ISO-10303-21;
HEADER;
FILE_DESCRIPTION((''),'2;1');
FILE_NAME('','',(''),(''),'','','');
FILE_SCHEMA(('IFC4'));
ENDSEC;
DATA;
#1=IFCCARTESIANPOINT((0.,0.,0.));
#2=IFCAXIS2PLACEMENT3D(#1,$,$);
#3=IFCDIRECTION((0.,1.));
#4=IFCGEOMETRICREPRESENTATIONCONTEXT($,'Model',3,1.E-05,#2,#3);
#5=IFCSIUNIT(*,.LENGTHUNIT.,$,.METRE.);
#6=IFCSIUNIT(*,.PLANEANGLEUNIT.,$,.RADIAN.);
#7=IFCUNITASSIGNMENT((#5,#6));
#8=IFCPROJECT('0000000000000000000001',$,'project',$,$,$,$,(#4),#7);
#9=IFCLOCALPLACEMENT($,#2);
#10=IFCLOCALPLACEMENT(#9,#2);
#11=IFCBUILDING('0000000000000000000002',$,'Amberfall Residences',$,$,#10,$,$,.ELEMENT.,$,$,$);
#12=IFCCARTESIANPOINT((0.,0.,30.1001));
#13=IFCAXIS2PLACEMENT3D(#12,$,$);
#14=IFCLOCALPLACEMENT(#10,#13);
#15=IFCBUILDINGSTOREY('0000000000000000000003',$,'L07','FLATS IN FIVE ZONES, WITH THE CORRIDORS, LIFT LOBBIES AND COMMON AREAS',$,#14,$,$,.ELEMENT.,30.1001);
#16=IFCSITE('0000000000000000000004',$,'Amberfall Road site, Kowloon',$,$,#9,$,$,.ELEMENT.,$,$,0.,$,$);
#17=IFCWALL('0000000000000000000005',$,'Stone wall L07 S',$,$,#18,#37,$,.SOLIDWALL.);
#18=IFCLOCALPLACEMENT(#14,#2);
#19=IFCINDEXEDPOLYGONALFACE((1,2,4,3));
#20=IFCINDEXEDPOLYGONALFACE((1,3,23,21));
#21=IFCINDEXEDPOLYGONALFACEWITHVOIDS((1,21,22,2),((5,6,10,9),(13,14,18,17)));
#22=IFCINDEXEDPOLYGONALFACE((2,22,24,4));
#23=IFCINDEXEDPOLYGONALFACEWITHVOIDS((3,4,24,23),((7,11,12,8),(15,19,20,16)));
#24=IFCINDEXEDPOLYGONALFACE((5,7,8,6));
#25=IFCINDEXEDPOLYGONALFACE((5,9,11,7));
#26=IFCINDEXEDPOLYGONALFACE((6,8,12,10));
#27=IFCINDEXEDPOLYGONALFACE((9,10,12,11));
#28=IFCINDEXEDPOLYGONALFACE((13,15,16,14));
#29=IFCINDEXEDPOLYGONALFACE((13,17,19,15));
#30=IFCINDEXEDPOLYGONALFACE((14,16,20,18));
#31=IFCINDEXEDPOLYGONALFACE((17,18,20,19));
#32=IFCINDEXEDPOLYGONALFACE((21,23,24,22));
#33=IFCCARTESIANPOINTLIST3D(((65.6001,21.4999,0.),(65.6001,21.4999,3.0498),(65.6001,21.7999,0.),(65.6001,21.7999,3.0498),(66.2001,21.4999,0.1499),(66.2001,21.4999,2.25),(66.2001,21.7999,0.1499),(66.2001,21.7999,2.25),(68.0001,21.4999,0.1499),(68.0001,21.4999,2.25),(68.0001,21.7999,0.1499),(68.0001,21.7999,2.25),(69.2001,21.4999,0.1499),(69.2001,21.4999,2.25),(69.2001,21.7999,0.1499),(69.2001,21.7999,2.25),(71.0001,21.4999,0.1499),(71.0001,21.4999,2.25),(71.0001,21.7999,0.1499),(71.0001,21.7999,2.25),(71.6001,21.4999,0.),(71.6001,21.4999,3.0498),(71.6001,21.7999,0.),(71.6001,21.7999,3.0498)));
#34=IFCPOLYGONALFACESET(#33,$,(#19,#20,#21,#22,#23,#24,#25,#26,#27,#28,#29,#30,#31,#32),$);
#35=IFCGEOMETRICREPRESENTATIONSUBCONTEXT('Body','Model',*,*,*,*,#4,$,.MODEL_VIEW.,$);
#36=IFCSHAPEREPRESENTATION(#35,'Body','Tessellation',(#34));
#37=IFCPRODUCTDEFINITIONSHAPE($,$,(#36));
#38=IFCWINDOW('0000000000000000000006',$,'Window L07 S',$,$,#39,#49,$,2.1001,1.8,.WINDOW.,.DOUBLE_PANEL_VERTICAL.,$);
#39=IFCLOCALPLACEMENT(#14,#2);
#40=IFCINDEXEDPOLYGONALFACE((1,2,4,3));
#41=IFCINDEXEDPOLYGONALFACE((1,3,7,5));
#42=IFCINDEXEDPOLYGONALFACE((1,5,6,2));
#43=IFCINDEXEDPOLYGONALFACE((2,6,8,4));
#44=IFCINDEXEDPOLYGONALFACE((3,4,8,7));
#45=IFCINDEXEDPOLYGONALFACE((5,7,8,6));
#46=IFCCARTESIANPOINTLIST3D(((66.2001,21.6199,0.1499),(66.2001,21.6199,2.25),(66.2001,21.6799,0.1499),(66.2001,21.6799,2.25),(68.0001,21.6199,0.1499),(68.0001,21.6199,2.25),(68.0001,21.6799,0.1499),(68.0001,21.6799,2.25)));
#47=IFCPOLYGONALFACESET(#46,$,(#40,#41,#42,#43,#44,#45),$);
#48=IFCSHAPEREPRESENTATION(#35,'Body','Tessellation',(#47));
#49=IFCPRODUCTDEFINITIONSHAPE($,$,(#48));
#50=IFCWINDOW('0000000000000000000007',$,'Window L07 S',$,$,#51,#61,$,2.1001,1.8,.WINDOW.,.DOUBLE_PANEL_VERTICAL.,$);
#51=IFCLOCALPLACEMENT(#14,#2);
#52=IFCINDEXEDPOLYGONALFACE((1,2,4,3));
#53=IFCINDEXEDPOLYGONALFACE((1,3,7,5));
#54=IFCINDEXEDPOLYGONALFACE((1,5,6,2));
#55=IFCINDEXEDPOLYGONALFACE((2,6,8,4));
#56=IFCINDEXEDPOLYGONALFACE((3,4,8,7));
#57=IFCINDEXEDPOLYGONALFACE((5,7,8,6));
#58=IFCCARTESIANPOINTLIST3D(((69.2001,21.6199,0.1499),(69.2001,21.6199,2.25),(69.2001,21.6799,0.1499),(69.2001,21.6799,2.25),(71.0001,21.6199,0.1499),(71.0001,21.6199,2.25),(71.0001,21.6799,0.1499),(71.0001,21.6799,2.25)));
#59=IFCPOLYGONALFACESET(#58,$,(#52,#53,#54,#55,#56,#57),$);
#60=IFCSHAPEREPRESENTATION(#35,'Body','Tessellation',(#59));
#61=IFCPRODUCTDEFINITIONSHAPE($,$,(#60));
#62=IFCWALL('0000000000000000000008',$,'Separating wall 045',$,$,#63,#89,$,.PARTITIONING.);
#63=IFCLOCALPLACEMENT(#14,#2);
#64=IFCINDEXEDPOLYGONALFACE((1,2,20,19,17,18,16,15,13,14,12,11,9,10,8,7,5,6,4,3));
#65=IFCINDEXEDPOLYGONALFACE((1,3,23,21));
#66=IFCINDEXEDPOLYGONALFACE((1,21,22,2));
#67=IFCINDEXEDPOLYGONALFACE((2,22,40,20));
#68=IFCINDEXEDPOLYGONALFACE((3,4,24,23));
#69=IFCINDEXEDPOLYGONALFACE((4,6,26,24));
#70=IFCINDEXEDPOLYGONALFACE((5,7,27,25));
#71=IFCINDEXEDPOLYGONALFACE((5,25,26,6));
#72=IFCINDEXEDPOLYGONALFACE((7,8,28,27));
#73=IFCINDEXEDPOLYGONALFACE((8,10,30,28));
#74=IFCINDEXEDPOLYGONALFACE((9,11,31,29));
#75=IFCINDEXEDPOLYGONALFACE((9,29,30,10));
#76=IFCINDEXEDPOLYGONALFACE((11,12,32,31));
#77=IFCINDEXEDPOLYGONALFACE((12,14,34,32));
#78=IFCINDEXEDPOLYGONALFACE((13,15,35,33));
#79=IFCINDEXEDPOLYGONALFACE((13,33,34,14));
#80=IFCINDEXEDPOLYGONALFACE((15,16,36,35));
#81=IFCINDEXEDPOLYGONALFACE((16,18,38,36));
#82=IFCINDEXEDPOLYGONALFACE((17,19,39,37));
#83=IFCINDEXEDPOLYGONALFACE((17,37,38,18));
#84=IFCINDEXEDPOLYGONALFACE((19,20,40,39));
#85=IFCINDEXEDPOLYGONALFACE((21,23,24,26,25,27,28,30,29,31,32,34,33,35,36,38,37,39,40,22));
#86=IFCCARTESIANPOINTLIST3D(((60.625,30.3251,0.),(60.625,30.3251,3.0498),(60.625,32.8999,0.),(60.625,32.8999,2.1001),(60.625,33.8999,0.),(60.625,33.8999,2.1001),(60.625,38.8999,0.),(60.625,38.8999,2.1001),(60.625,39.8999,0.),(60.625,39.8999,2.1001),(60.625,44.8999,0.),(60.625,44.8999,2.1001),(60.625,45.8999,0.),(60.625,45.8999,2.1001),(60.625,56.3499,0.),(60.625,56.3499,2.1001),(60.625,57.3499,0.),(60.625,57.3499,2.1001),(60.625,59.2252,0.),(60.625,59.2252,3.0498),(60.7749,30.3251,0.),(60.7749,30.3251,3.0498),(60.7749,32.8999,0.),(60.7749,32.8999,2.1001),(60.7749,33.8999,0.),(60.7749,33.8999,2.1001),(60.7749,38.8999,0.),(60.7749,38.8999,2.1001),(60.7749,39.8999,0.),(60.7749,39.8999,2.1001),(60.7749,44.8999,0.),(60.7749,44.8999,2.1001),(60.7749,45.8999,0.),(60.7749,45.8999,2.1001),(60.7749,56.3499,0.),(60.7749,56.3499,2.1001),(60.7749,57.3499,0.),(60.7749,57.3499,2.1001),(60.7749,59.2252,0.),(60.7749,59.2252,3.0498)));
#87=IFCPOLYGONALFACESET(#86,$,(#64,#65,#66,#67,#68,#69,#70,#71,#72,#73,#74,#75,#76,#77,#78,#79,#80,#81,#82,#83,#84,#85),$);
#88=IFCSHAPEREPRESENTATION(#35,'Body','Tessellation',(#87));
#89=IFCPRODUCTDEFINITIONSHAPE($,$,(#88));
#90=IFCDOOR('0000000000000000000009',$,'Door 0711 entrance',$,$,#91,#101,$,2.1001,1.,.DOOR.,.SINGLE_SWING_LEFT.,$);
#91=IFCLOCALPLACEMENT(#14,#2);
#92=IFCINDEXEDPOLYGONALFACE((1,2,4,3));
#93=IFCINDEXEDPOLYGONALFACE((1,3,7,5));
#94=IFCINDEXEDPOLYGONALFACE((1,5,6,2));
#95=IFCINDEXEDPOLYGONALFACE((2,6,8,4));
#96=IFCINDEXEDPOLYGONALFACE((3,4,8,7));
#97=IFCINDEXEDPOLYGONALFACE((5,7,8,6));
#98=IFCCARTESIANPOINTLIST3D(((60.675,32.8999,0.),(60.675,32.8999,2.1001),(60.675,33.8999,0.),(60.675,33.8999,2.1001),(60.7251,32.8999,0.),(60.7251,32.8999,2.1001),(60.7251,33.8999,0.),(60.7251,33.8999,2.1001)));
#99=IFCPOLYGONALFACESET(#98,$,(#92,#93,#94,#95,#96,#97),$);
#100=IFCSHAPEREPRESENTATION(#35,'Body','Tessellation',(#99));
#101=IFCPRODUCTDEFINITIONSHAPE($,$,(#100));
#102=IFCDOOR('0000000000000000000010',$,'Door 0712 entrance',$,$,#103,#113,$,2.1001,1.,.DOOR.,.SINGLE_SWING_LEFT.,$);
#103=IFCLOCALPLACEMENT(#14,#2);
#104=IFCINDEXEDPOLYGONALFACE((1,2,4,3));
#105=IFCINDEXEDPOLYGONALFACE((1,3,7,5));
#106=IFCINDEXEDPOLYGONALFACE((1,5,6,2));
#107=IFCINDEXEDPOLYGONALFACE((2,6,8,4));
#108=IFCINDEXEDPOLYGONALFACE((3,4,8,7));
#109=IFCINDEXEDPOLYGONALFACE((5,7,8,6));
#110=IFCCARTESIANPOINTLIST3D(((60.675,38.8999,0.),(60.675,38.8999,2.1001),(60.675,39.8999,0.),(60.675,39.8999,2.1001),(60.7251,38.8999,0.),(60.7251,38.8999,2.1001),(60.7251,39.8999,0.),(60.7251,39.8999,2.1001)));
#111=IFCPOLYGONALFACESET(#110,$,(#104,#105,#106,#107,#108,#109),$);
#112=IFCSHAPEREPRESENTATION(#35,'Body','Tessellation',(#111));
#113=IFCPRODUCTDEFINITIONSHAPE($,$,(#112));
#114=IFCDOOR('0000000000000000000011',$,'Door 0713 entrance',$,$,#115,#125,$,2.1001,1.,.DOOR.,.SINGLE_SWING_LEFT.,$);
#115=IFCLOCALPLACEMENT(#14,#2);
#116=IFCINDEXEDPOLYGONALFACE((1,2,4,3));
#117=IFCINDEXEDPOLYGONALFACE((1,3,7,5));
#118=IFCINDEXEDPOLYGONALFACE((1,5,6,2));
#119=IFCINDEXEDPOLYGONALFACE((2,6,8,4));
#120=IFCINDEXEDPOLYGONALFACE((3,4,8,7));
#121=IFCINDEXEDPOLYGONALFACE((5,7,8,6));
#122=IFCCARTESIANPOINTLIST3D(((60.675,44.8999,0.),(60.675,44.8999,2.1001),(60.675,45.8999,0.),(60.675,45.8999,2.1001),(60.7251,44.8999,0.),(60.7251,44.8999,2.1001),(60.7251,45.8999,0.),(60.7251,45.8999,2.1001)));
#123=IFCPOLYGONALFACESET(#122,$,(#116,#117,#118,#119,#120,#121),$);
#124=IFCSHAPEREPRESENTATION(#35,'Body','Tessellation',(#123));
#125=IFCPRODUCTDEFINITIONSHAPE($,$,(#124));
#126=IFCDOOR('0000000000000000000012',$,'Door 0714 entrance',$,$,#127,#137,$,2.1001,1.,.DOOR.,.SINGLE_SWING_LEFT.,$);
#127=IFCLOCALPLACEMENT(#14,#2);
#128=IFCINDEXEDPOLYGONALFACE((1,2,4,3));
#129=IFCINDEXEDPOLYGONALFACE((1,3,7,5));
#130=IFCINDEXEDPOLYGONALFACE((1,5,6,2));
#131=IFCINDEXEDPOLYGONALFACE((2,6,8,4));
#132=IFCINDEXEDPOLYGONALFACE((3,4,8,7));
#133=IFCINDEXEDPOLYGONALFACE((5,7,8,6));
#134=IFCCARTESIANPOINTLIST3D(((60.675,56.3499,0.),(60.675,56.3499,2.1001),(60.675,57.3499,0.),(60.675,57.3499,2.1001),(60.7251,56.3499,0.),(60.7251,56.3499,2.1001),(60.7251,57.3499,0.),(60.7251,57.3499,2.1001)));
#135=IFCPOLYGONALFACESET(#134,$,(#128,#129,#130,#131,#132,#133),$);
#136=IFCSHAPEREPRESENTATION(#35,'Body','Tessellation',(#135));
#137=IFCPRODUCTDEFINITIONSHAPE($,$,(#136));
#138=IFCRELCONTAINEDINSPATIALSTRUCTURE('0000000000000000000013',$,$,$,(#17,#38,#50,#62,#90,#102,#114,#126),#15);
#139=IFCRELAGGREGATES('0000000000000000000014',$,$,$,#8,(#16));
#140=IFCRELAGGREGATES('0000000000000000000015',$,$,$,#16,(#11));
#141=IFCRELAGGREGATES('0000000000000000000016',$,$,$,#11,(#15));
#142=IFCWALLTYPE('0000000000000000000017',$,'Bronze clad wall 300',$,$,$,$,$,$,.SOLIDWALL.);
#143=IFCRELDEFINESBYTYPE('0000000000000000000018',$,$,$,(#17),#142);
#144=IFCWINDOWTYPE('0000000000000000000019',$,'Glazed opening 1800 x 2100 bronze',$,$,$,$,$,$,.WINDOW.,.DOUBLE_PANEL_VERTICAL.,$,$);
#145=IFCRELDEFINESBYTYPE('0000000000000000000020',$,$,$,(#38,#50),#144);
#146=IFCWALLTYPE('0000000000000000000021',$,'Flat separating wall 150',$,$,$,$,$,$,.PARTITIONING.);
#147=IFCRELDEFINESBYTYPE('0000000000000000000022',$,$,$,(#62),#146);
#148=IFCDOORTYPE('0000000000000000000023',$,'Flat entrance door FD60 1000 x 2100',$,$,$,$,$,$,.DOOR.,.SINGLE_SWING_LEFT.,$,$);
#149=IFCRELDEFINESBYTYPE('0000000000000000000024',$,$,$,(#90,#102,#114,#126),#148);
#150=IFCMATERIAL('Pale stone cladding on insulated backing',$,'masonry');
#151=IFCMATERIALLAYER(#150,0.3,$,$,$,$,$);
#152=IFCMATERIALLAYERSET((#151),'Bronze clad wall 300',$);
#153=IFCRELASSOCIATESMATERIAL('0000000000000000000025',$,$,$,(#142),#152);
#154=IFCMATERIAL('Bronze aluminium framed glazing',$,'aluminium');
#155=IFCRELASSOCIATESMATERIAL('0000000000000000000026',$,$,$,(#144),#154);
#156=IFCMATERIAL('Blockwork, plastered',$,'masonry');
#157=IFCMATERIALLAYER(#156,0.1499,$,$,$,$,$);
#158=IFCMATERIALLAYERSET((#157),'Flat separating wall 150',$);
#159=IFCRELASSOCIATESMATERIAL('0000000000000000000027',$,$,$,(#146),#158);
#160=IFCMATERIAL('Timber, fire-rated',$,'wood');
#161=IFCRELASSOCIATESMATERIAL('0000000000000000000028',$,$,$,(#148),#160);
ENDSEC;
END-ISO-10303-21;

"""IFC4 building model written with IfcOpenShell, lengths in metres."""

from ifc_helpers import new_model, si_unit, direction, frame, frame_2d, origin, place, context, subcontext, project, spatial, rectangle, extrude, material, layer, layer_set, type_object, element, fill, save


model = new_model("IFC4")

# Units and contexts
model_context = context("Model", 3, precision=1e-05, world=origin(), true_north=direction((0.0, 1.0)))
body_context = subcontext(model_context, "Body", "Model", "MODEL_VIEW")
ifc_project = project(units=[si_unit("LENGTHUNIT", "METRE"), si_unit("PLANEANGLEUNIT", "RADIAN")], contexts=[model_context])

# Site, building, storey
site_placement = place(None, origin())
site = spatial("IfcSite", under=ifc_project, at=site_placement, Name="Amberfall Road site, Kowloon", CompositionType="ELEMENT", RefElevation=0.0)
building_placement = place(site_placement, origin())
building = spatial("IfcBuilding", under=site, at=building_placement, Name="Amberfall Residences", CompositionType="ELEMENT")
storey_placement = place(building_placement, frame((0.0, 0.0, 30.1001)))
storey = spatial("IfcBuildingStorey", under=building, at=storey_placement, Name="L07", Description="FLATS IN FIVE ZONES, WITH THE CORRIDORS, LIFT LOBBIES AND COMMON AREAS", CompositionType="ELEMENT", Elevation=30.1001)

# Shared definitions
ifc_material_1 = material(Name="Pale stone cladding on insulated backing", Category="masonry")
ifc_layer_1 = layer(ifc_material_1, 0.3)
ifc_layer_set_1 = layer_set([ifc_layer_1], Name="Bronze clad wall 300")
wall_type_1 = type_object("IfcWallType", Name="Bronze clad wall 300", PredefinedType="SOLIDWALL", material=ifc_layer_set_1)

# Wall, openings, windows
wall_1_placement = place(storey_placement, frame((65.6001, 21.6499, 0.0), z_axis=(0.0, 0.0, 1.0), x_axis=(1.0, 0.0, 0.0)))
wall_1 = element("IfcWall", 1, at=wall_1_placement, inside=storey, type_object=wall_type_1, Name="Stone wall L07 S", PredefinedType="SOLIDWALL", context=body_context, shape_type="SweptSolid", body=[
    extrude(rectangle(XDim=6.0, YDim=0.3, at=frame_2d((3.0, 0.0))), origin(), (0.0, 0.0, 1.0), 3.0498),
])
opening_1_placement = place(wall_1_placement, frame((0.6001, 0.0, 0.1499)))
opening_1 = element("IfcOpeningElement", 2, at=opening_1_placement, cuts=wall_1, PredefinedType="OPENING", context=body_context, shape_type="SweptSolid", body=[
    extrude(rectangle(XDim=1.8, YDim=2.1001, at=frame_2d((0.8999, 1.05))), frame((0.0, 0.1599, 0.0), z_axis=(0.0, -1.0, 0.0), x_axis=(1.0, 0.0, 0.0)), (0.0, 0.0, 1.0), 0.3201),
])
opening_2_placement = place(wall_1_placement, frame((3.6001, 0.0, 0.1499)))
opening_2 = element("IfcOpeningElement", 3, at=opening_2_placement, cuts=wall_1, PredefinedType="OPENING", context=body_context, shape_type="SweptSolid", body=[
    extrude(rectangle(XDim=1.8, YDim=2.1001, at=frame_2d((0.8999, 1.05))), frame((0.0, 0.1599, 0.0), z_axis=(0.0, -1.0, 0.0), x_axis=(1.0, 0.0, 0.0)), (0.0, 0.0, 1.0), 0.3201),
])
ifc_material_2 = material(Name="Bronze aluminium framed glazing", Category="aluminium")
window_type = type_object("IfcWindowType", Name="Glazed opening 1800 x 2100 bronze", PartitioningType="DOUBLE_PANEL_VERTICAL", PredefinedType="WINDOW", material=ifc_material_2)
window_1_placement = place(opening_1_placement, origin())
window_1 = element("IfcWindow", 4, at=window_1_placement, inside=storey, type_object=window_type, Name="Window L07 S", OverallHeight=2.1001, OverallWidth=1.8, PartitioningType="DOUBLE_PANEL_VERTICAL", PredefinedType="WINDOW", context=body_context, shape_type="SweptSolid", body=[
    extrude(rectangle(XDim=1.8, YDim=2.1001, at=frame_2d((0.8999, 1.05))), frame((0.0, 0.03, 0.0), z_axis=(0.0, -1.0, 0.0), x_axis=(1.0, 0.0, 0.0)), (0.0, 0.0, 1.0), 0.0601),
])
fill(opening_1, window_1)
window_2_placement = place(opening_2_placement, origin())
window_2 = element("IfcWindow", 5, at=window_2_placement, inside=storey, type_object=window_type, Name="Window L07 S", OverallHeight=2.1001, OverallWidth=1.8, PartitioningType="DOUBLE_PANEL_VERTICAL", PredefinedType="WINDOW", context=body_context, shape_type="SweptSolid", body=[
    extrude(rectangle(XDim=1.8, YDim=2.1001, at=frame_2d((0.8999, 1.05))), frame((0.0, 0.03, 0.0), z_axis=(0.0, -1.0, 0.0), x_axis=(1.0, 0.0, 0.0)), (0.0, 0.0, 1.0), 0.0601),
])
fill(opening_2, window_2)

# Wall, openings, doors
ifc_material_3 = material(Name="Blockwork, plastered", Category="masonry")
ifc_layer_2 = layer(ifc_material_3, 0.1499)
ifc_layer_set_2 = layer_set([ifc_layer_2], Name="Flat separating wall 150")
wall_type_2 = type_object("IfcWallType", Name="Flat separating wall 150", PredefinedType="PARTITIONING", material=ifc_layer_set_2)
wall_2_placement = place(storey_placement, frame((60.7, 30.325, 0.0), z_axis=(0.0, 0.0, 1.0), x_axis=(0.0, 1.0, 0.0)))
wall_2 = element("IfcWall", 6, at=wall_2_placement, inside=storey, type_object=wall_type_2, Name="Separating wall 045", PredefinedType="PARTITIONING", context=body_context, shape_type="SweptSolid", body=[
    extrude(rectangle(XDim=28.9001, YDim=0.1499, at=frame_2d((14.4502, 0.0))), origin(), (0.0, 0.0, 1.0), 3.0498),
])
opening_3_placement = place(wall_2_placement, frame((2.575, 0.0, 0.0)))
opening_3 = element("IfcOpeningElement", 7, at=opening_3_placement, cuts=wall_2, PredefinedType="OPENING", context=body_context, shape_type="SweptSolid", body=[
    extrude(rectangle(XDim=1.0, YDim=2.1001, at=frame_2d((0.5, 1.05))), frame((0.0, 0.085, 0.0), z_axis=(0.0, -1.0, 0.0), x_axis=(1.0, 0.0, 0.0)), (0.0, 0.0, 1.0), 0.1699),
])
opening_4_placement = place(wall_2_placement, frame((8.575, 0.0, 0.0)))
opening_4 = element("IfcOpeningElement", 8, at=opening_4_placement, cuts=wall_2, PredefinedType="OPENING", context=body_context, shape_type="SweptSolid", body=[
    extrude(rectangle(XDim=1.0, YDim=2.1001, at=frame_2d((0.5, 1.05))), frame((0.0, 0.085, 0.0), z_axis=(0.0, -1.0, 0.0), x_axis=(1.0, 0.0, 0.0)), (0.0, 0.0, 1.0), 0.1699),
])
opening_5_placement = place(wall_2_placement, frame((14.575, 0.0, 0.0)))
opening_5 = element("IfcOpeningElement", 9, at=opening_5_placement, cuts=wall_2, PredefinedType="OPENING", context=body_context, shape_type="SweptSolid", body=[
    extrude(rectangle(XDim=1.0, YDim=2.1001, at=frame_2d((0.5, 1.05))), frame((0.0, 0.085, 0.0), z_axis=(0.0, -1.0, 0.0), x_axis=(1.0, 0.0, 0.0)), (0.0, 0.0, 1.0), 0.1699),
])
opening_6_placement = place(wall_2_placement, frame((26.0249, 0.0, 0.0)))
opening_6 = element("IfcOpeningElement", 10, at=opening_6_placement, cuts=wall_2, PredefinedType="OPENING", context=body_context, shape_type="SweptSolid", body=[
    extrude(rectangle(XDim=1.0, YDim=2.1001, at=frame_2d((0.5, 1.05))), frame((0.0, 0.085, 0.0), z_axis=(0.0, -1.0, 0.0), x_axis=(1.0, 0.0, 0.0)), (0.0, 0.0, 1.0), 0.1699),
])
ifc_material_4 = material(Name="Timber, fire-rated", Category="wood")
door_type = type_object("IfcDoorType", Name="Flat entrance door FD60 1000 x 2100", OperationType="SINGLE_SWING_LEFT", PredefinedType="DOOR", material=ifc_material_4)
door_1_placement = place(opening_3_placement, origin())
door_1 = element("IfcDoor", 11, at=door_1_placement, inside=storey, type_object=door_type, Name="Door 0711 entrance", OperationType="SINGLE_SWING_LEFT", OverallHeight=2.1001, OverallWidth=1.0, PredefinedType="DOOR", context=body_context, shape_type="SweptSolid", body=[
    extrude(rectangle(XDim=1.0, YDim=2.1001, at=frame_2d((0.5, 1.05))), frame((0.0, 0.0249, 0.0), z_axis=(0.0, -1.0, 0.0), x_axis=(1.0, 0.0, 0.0)), (0.0, 0.0, 1.0), 0.05),
])
fill(opening_3, door_1)
door_2_placement = place(opening_4_placement, origin())
door_2 = element("IfcDoor", 12, at=door_2_placement, inside=storey, type_object=door_type, Name="Door 0712 entrance", OperationType="SINGLE_SWING_LEFT", OverallHeight=2.1001, OverallWidth=1.0, PredefinedType="DOOR", context=body_context, shape_type="SweptSolid", body=[
    extrude(rectangle(XDim=1.0, YDim=2.1001, at=frame_2d((0.5, 1.05))), frame((0.0, 0.0249, 0.0), z_axis=(0.0, -1.0, 0.0), x_axis=(1.0, 0.0, 0.0)), (0.0, 0.0, 1.0), 0.05),
])
fill(opening_4, door_2)
door_3_placement = place(opening_5_placement, origin())
door_3 = element("IfcDoor", 13, at=door_3_placement, inside=storey, type_object=door_type, Name="Door 0713 entrance", OperationType="SINGLE_SWING_LEFT", OverallHeight=2.1001, OverallWidth=1.0, PredefinedType="DOOR", context=body_context, shape_type="SweptSolid", body=[
    extrude(rectangle(XDim=1.0, YDim=2.1001, at=frame_2d((0.5, 1.05))), frame((0.0, 0.0249, 0.0), z_axis=(0.0, -1.0, 0.0), x_axis=(1.0, 0.0, 0.0)), (0.0, 0.0, 1.0), 0.05),
])
fill(opening_5, door_3)
door_4_placement = place(opening_6_placement, origin())
door_4 = element("IfcDoor", 14, at=door_4_placement, inside=storey, type_object=door_type, Name="Door 0714 entrance", OperationType="SINGLE_SWING_LEFT", OverallHeight=2.1001, OverallWidth=1.0, PredefinedType="DOOR", context=body_context, shape_type="SweptSolid", body=[
    extrude(rectangle(XDim=1.0, YDim=2.1001, at=frame_2d((0.5, 1.05))), frame((0.0, 0.0249, 0.0), z_axis=(0.0, -1.0, 0.0), x_axis=(1.0, 0.0, 0.0)), (0.0, 0.0, 1.0), 0.05),
])
fill(opening_6, door_4)

save(model, "model.ifc")
